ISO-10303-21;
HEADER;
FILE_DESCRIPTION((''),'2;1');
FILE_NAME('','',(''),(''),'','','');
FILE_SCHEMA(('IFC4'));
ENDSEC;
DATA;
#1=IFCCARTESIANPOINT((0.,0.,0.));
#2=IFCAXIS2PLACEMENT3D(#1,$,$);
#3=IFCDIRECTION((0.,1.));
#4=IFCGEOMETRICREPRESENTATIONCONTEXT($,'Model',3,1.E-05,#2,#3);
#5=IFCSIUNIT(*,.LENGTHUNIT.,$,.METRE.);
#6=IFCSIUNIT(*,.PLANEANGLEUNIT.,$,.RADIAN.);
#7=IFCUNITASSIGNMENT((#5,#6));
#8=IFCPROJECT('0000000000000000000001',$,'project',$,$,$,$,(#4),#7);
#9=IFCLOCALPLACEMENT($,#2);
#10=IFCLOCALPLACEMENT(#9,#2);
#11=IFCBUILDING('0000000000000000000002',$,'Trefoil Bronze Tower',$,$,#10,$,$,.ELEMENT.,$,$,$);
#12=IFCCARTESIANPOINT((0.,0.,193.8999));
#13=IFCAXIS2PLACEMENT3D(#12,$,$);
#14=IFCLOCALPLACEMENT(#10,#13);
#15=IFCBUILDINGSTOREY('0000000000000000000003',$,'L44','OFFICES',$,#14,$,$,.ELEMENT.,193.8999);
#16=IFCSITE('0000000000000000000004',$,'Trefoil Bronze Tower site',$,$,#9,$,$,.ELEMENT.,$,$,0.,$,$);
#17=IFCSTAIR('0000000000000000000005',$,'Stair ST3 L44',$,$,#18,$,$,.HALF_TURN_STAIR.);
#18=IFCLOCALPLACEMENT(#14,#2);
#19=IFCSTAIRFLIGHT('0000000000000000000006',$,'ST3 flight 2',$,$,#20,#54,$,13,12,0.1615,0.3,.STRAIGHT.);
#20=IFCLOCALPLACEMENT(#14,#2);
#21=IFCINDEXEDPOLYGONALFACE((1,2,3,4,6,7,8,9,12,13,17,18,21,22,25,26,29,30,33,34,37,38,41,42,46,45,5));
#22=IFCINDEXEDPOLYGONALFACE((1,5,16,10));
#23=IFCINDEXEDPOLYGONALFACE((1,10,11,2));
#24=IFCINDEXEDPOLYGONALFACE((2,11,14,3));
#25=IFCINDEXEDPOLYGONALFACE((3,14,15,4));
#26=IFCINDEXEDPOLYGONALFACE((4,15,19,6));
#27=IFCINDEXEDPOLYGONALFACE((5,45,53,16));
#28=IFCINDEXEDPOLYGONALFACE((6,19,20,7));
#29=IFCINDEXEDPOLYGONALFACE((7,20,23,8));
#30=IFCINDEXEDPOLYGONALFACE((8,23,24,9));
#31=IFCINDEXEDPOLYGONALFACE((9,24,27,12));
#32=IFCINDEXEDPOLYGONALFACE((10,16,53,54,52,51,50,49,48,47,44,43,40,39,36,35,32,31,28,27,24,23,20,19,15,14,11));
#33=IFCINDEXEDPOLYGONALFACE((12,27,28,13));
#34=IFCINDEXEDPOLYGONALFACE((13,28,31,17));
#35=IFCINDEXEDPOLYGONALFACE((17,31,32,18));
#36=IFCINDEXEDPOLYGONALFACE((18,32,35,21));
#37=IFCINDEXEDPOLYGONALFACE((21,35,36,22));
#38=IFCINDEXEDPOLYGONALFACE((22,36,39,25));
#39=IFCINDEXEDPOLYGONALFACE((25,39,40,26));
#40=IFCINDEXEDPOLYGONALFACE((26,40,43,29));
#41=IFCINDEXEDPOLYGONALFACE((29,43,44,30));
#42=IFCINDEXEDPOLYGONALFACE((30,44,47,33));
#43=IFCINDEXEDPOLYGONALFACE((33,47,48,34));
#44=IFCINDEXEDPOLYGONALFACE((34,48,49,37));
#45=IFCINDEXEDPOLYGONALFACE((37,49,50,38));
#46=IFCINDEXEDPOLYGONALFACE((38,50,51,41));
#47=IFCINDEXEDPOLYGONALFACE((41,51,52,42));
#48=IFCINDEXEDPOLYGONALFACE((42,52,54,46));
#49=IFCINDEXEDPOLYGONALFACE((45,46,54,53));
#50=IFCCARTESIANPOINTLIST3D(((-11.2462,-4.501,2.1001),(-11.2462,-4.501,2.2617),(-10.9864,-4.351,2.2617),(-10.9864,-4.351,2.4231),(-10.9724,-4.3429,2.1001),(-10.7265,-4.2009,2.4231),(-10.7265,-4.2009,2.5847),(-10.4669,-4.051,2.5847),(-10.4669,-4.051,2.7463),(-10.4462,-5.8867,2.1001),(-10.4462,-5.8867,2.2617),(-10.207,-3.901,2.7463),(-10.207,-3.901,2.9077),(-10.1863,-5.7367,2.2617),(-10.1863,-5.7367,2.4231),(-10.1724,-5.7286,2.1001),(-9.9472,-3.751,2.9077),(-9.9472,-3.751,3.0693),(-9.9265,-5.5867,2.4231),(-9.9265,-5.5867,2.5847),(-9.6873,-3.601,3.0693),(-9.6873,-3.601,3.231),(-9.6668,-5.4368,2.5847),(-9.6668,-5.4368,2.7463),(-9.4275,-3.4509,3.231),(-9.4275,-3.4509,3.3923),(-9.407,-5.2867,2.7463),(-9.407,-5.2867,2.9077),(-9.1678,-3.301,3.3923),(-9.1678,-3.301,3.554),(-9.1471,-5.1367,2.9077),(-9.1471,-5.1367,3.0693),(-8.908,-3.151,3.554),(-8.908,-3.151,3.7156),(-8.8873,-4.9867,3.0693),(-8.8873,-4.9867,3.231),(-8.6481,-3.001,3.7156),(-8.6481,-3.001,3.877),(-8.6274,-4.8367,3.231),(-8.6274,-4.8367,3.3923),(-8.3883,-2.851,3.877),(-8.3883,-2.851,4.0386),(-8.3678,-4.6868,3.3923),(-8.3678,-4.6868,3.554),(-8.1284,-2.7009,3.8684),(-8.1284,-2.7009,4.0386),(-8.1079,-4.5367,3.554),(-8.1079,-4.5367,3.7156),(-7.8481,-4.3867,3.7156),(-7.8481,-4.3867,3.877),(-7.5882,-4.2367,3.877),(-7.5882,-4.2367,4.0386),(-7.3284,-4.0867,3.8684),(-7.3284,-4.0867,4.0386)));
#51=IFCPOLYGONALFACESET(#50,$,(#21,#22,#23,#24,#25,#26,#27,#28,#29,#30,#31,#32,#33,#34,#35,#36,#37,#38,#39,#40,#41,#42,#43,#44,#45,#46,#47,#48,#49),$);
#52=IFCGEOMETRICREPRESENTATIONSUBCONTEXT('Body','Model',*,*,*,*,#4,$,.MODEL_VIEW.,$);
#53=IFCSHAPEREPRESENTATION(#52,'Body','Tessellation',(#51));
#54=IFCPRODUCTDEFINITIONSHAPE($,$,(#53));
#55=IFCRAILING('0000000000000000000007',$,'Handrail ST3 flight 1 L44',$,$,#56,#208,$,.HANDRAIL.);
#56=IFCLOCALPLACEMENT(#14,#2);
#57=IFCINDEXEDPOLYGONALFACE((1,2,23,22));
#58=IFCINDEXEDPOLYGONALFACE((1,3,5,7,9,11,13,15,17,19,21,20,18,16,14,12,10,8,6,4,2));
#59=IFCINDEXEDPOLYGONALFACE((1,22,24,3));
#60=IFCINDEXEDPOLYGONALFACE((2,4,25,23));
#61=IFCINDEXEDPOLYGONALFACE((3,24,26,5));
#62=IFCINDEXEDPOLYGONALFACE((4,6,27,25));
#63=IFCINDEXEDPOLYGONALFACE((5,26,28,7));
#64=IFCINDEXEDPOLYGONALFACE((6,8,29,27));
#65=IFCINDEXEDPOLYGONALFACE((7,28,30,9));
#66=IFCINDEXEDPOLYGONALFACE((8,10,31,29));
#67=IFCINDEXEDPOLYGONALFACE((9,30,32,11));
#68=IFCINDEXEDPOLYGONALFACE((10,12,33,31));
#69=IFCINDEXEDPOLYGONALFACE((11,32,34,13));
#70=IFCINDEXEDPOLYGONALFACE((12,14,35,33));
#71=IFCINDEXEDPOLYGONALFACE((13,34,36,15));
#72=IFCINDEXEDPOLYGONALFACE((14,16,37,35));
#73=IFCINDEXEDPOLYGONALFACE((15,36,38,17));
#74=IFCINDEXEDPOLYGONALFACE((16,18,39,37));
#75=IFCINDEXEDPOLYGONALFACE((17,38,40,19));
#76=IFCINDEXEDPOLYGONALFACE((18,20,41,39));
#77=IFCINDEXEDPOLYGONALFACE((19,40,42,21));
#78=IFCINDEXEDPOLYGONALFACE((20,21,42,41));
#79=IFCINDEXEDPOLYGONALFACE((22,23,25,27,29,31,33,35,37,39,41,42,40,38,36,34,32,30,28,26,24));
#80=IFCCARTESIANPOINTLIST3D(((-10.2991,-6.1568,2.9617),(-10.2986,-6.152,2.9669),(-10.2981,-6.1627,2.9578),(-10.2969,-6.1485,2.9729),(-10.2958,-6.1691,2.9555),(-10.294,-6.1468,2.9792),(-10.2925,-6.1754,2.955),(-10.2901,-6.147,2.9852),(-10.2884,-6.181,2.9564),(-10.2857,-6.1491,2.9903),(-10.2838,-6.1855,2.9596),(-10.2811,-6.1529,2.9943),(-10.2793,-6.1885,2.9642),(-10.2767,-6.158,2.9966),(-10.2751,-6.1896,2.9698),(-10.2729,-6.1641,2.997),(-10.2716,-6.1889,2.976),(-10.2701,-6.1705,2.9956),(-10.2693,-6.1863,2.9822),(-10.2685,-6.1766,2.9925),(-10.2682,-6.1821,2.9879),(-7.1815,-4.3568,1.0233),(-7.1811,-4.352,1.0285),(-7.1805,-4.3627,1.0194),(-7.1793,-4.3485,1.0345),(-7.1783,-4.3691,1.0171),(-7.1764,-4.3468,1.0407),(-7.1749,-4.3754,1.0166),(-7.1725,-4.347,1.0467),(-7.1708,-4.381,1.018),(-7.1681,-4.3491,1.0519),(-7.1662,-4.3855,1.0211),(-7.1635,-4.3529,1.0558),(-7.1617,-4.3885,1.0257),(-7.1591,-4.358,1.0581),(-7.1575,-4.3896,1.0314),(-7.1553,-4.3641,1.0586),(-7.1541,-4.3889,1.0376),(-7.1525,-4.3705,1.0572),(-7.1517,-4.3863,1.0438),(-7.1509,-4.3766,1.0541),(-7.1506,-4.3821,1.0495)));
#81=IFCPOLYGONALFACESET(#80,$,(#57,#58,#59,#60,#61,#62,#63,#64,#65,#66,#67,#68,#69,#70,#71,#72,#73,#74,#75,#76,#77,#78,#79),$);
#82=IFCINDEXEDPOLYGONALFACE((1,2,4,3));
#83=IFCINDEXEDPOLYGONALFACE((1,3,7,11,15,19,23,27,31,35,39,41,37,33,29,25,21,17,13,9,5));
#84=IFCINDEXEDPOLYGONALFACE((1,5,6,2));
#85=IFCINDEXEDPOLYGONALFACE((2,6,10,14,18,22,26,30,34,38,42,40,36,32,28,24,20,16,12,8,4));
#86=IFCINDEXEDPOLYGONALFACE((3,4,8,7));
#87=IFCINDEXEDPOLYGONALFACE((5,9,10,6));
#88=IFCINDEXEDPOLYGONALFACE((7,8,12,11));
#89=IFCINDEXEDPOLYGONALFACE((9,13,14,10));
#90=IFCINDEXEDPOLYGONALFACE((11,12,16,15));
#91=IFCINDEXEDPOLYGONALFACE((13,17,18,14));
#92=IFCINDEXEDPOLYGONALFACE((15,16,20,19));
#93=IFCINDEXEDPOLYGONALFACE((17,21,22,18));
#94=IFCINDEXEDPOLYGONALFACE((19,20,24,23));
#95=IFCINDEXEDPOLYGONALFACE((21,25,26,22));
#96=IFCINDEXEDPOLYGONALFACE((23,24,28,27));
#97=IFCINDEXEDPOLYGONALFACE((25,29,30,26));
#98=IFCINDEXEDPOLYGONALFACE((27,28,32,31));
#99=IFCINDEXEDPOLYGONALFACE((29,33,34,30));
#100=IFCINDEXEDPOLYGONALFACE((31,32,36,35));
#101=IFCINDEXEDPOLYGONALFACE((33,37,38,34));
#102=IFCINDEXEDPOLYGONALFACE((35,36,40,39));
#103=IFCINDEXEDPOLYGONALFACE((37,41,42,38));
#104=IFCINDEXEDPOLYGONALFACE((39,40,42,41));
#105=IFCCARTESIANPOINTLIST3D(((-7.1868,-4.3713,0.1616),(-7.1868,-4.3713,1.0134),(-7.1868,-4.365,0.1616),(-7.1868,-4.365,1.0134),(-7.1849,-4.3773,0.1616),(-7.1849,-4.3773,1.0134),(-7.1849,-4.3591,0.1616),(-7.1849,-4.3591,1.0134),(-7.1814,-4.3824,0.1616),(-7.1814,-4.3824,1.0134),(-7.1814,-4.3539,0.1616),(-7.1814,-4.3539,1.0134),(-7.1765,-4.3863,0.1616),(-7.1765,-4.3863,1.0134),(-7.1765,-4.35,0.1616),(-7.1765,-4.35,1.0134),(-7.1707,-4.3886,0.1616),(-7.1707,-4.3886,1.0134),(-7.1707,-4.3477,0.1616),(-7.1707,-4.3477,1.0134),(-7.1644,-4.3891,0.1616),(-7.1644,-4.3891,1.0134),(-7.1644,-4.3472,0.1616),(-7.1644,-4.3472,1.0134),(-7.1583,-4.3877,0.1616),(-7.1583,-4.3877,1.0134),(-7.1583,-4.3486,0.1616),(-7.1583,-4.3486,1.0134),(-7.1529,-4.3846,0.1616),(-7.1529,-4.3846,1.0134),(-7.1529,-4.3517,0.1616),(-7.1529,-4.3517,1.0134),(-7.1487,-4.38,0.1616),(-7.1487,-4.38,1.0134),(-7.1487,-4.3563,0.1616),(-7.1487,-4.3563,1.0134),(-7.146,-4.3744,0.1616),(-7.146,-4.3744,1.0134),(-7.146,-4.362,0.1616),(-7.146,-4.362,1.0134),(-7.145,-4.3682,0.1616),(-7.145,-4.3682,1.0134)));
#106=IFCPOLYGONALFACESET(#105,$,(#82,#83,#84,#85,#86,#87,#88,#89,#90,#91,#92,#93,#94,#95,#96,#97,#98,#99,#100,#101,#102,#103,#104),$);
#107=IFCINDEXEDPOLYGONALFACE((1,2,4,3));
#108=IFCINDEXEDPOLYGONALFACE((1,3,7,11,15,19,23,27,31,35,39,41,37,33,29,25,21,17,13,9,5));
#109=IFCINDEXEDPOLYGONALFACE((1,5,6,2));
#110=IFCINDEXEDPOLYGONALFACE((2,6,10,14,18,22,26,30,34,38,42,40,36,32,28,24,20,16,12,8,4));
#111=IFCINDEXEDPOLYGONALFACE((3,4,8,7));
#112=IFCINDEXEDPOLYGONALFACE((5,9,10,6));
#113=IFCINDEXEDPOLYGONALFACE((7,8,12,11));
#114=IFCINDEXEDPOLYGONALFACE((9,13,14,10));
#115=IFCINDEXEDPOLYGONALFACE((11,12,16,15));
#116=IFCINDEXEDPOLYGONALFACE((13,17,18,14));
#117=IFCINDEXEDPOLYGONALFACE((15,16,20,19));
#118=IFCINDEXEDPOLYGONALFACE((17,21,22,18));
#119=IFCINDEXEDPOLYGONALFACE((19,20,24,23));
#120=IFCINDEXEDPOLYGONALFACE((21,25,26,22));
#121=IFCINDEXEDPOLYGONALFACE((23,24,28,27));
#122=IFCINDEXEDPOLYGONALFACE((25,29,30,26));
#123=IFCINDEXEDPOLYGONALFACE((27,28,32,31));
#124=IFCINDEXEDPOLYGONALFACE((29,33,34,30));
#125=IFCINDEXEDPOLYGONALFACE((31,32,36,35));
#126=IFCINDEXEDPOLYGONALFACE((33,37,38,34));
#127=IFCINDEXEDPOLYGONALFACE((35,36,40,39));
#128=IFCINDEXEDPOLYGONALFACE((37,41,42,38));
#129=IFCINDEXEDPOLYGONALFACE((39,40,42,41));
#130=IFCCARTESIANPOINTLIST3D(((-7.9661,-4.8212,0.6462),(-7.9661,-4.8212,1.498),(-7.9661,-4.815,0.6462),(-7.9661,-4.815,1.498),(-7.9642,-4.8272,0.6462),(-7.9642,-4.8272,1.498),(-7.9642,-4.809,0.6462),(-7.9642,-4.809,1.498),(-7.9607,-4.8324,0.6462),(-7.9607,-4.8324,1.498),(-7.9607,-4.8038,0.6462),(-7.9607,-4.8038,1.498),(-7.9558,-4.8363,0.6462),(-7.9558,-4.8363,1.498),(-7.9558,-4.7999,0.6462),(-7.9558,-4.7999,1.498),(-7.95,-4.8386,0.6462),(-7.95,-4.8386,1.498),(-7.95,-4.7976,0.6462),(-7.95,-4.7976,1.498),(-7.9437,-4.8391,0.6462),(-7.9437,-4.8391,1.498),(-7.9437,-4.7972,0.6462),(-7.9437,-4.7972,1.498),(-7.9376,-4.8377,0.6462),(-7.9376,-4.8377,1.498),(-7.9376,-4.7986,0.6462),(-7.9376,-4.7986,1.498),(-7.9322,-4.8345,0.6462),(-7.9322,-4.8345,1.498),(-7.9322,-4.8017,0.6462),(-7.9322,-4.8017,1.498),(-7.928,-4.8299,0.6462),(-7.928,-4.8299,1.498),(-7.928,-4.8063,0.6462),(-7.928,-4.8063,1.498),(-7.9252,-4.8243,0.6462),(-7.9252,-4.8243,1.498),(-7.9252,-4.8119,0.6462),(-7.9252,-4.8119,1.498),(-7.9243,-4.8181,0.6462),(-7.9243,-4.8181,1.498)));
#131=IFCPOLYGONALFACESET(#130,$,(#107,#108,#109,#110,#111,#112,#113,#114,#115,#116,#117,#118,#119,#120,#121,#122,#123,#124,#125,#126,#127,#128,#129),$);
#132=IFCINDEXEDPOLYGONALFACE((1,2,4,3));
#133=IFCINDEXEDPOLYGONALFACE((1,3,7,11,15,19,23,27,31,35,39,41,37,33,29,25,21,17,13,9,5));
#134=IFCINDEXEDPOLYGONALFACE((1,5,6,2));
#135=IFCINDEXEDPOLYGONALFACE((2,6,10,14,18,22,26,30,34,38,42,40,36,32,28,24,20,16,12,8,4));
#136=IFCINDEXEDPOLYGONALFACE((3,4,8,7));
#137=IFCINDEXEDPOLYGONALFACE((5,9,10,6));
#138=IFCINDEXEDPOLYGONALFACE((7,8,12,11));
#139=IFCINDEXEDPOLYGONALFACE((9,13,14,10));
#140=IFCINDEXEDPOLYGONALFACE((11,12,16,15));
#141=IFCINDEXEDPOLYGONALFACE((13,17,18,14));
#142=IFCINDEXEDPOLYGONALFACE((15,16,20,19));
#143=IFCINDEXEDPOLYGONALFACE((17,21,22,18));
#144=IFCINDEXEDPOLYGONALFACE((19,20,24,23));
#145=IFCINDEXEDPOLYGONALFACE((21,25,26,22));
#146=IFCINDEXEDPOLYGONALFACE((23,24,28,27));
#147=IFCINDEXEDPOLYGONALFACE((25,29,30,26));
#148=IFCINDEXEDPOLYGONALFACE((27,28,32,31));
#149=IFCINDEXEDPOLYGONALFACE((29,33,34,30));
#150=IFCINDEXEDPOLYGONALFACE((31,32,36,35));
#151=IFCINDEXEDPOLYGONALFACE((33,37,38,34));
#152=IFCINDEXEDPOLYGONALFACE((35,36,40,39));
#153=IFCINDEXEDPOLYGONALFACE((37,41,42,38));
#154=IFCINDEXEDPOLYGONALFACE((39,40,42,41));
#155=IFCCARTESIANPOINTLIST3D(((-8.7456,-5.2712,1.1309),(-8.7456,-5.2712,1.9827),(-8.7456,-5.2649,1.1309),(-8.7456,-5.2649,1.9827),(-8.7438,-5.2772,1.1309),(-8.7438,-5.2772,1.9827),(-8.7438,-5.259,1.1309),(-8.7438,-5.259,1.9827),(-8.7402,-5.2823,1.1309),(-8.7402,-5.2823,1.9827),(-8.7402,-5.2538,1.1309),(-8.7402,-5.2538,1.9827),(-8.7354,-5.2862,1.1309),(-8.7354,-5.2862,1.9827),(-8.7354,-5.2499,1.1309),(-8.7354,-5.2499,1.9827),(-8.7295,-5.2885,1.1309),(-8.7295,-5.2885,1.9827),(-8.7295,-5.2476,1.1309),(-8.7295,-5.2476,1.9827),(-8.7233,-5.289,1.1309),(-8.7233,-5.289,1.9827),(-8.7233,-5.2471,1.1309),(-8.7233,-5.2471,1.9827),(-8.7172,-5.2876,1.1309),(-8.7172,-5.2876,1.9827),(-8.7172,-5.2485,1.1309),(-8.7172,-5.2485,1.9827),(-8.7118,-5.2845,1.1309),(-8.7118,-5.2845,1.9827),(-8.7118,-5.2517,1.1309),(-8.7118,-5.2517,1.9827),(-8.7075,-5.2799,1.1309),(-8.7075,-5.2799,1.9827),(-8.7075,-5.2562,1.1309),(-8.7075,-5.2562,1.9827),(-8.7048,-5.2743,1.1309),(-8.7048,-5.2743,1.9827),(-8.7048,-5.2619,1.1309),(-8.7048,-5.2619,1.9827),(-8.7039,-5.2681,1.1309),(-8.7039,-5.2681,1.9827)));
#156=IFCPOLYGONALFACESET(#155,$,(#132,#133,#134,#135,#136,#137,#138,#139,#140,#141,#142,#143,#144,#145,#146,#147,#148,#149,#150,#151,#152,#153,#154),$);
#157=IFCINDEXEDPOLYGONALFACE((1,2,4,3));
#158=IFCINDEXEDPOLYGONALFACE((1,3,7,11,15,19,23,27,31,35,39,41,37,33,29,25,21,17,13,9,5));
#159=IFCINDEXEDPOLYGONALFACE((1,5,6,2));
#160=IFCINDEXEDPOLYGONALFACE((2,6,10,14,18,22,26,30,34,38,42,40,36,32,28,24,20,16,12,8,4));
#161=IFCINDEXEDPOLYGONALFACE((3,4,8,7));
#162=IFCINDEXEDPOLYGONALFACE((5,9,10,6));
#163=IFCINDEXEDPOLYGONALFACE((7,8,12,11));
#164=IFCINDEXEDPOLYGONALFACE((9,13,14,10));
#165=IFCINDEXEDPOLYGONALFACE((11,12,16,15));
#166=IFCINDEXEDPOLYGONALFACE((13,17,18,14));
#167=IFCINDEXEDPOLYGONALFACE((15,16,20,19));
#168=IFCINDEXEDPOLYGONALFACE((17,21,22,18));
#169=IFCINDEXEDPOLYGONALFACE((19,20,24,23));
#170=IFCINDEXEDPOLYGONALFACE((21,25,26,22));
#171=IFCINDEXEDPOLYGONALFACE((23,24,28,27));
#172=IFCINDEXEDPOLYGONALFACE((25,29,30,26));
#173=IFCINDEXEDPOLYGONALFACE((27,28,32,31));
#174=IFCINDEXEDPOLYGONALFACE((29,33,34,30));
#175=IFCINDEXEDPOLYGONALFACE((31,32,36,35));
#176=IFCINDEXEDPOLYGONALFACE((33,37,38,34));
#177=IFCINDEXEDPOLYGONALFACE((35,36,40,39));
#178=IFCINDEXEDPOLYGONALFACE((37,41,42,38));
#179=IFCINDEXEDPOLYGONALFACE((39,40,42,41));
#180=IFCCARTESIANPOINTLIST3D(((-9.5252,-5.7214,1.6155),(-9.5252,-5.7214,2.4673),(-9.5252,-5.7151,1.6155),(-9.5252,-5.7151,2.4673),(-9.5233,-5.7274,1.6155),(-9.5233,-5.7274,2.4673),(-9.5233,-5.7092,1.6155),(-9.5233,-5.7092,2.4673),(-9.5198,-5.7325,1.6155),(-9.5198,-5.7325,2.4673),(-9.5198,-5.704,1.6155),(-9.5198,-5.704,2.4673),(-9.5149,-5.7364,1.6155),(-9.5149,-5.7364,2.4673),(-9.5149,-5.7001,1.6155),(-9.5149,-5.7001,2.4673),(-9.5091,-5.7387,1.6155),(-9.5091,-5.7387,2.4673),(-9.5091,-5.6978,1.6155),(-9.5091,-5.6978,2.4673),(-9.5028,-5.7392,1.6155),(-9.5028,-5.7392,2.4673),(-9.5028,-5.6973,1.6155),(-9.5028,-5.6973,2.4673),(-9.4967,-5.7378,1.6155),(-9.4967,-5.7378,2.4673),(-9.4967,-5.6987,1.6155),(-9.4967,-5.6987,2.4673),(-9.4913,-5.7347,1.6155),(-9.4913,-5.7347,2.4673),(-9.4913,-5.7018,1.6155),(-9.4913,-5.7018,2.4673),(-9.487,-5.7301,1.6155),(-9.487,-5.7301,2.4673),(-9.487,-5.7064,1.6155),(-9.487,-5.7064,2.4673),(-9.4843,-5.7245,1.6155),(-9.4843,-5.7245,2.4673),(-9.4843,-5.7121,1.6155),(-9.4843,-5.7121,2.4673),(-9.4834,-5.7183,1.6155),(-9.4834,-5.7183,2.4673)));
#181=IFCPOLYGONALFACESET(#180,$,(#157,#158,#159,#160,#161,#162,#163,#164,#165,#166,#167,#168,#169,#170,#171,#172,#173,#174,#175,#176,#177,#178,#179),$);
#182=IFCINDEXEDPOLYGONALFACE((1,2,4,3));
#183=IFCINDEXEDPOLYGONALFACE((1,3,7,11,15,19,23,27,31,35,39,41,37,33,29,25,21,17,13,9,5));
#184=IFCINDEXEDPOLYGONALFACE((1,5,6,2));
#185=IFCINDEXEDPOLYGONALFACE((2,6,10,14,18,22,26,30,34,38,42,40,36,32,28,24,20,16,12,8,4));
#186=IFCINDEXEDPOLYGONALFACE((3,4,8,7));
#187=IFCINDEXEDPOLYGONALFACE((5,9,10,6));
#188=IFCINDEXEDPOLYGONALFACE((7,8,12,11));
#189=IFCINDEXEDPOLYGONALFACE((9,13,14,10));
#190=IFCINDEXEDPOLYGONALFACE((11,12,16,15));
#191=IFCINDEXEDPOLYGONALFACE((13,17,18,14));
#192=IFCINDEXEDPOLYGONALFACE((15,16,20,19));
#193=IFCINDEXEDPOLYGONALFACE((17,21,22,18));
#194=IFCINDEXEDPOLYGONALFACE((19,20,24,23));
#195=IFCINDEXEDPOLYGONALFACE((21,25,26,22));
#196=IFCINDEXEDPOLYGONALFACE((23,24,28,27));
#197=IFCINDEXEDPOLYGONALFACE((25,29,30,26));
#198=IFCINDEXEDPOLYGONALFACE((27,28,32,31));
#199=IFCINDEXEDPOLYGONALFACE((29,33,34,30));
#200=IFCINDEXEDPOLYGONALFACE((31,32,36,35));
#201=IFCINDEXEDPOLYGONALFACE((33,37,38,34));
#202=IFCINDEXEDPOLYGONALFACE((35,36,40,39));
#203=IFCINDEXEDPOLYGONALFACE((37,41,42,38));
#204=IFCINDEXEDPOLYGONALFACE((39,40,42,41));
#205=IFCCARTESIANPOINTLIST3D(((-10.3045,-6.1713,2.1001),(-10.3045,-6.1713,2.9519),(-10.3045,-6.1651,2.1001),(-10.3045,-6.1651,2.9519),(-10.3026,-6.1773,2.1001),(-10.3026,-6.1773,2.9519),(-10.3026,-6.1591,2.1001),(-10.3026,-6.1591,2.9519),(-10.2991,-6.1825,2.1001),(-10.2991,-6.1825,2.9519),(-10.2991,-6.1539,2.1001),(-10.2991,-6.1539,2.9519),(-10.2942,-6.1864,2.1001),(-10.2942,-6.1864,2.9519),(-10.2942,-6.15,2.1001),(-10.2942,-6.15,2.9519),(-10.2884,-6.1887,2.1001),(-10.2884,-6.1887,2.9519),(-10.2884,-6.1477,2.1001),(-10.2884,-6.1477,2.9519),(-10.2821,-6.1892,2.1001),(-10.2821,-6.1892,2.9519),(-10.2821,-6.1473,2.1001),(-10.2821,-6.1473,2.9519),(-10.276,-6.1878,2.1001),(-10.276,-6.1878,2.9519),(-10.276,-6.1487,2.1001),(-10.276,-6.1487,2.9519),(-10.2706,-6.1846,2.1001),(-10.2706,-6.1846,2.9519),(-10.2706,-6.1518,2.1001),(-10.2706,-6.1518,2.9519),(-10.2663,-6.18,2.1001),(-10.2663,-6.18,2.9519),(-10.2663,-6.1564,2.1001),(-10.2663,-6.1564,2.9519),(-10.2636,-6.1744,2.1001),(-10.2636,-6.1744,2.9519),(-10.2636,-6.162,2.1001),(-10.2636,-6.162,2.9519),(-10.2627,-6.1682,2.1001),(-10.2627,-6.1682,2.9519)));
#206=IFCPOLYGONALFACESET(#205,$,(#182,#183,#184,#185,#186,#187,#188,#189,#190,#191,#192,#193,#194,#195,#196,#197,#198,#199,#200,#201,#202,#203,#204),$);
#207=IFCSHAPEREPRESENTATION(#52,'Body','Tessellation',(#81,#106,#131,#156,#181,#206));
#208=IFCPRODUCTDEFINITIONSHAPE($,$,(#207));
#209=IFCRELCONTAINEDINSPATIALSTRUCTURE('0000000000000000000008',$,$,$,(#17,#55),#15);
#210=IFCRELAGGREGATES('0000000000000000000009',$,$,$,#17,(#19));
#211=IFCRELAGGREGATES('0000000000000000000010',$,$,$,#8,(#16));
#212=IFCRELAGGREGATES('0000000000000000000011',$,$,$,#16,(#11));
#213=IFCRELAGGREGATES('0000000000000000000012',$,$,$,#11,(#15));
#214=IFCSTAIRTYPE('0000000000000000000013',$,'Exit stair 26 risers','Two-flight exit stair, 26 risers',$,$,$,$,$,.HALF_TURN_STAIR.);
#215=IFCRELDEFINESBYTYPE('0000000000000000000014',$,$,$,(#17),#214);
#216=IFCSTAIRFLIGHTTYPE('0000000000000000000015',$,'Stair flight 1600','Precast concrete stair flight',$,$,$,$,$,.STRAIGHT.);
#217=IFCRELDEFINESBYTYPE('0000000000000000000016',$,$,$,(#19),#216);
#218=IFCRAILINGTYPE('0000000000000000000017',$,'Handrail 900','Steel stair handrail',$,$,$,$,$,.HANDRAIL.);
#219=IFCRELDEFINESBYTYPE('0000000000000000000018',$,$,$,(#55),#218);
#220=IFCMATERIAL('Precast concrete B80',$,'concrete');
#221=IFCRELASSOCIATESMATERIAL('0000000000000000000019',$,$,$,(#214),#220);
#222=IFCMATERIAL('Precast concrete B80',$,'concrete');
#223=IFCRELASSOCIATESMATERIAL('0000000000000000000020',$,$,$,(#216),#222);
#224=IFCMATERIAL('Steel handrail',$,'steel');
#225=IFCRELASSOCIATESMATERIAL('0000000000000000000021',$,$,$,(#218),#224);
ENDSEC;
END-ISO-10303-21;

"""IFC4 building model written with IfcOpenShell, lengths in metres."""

from ifc_helpers import new_model, si_unit, direction, frame, origin, origin_2d, place, context, subcontext, project, spatial, polyline, circle, outline, extrude, material, type_object, element, aggregate, save


model = new_model("IFC4")

# Units and contexts
model_context = context("Model", 3, precision=1e-05, world=origin(), true_north=direction((0.0, 1.0)))
body_context = subcontext(model_context, "Body", "Model", "MODEL_VIEW")
ifc_project = project(units=[si_unit("LENGTHUNIT", "METRE"), si_unit("PLANEANGLEUNIT", "RADIAN")], contexts=[model_context])

# Site, building, storey
site_placement = place(None, origin())
site = spatial("IfcSite", under=ifc_project, at=site_placement, Name="Trefoil Bronze Tower site", CompositionType="ELEMENT", RefElevation=0.0)
building_placement = place(site_placement, origin())
building = spatial("IfcBuilding", under=site, at=building_placement, Name="Trefoil Bronze Tower", CompositionType="ELEMENT")
storey_placement = place(building_placement, frame((0.0, 0.0, 193.8999)))
storey = spatial("IfcBuildingStorey", under=building, at=storey_placement, Name="L44", Description="OFFICES", CompositionType="ELEMENT", Elevation=193.8999)

# Stair, stair flight
ifc_material_1 = material(Name="Precast concrete B80", Category="concrete")
stair_type = type_object("IfcStairType", Name="Exit stair 26 risers", Description="Two-flight exit stair, 26 risers", PredefinedType="HALF_TURN_STAIR", material=ifc_material_1)
stair_placement = place(storey_placement, origin())
stair = element("IfcStair", 1, at=stair_placement, inside=storey, type_object=stair_type, Name="Stair ST3 L44", PredefinedType="HALF_TURN_STAIR")
ifc_material_2 = material(Name="Precast concrete B80", Category="concrete")
stair_flight_type = type_object("IfcStairFlightType", Name="Stair flight 1600", Description="Precast concrete stair flight", PredefinedType="STRAIGHT", material=ifc_material_2)
stair_flight_1_placement = place(storey_placement, frame((-10.8462, -5.1938, 2.1001), z_axis=(0.0, 0.0, 1.0), x_axis=(0.866025, 0.5, 0.0)))
stair_flight_1 = element("IfcStairFlight", 2, at=stair_flight_1_placement, type_object=stair_flight_type, Name="ST3 flight 2", NumberOfRisers=13, NumberOfTreads=12, PredefinedType="STRAIGHT", RiserHeight=0.1615, TreadLength=0.3, context=body_context, shape_type="SweptSolid", body=[
    extrude(outline(polyline([(0.0, 0.0), (0.0, 0.1616), (0.3, 0.1616), (0.3, 0.323), (0.6001, 0.323), (0.6001, 0.4846), (0.8999, 0.4846), (0.8999, 0.6462), (1.2, 0.6462), (1.2, 0.8076), (1.5, 0.8076), (1.5, 0.9692), (1.8, 0.9692), (1.8, 1.1309), (2.1001, 1.1309), (2.1001, 1.2922), (2.3999, 1.2922), (2.3999, 1.4539), (2.7, 1.4539), (2.7, 1.6155), (3.0, 1.6155), (3.0, 1.7769), (3.3, 1.7769), (3.3, 1.9385), (3.6001, 1.9385), (3.6001, 2.1001), (3.6001, 1.7683), (0.3162, 0.0), (0.0, 0.0)])), frame((0.0, 0.8, 0.0), z_axis=(0.0, -1.0, 0.0), x_axis=(1.0, 0.0, 0.0)), (0.0, 0.0, 1.0), 1.6001),
])
aggregate(stair, [stair_flight_1])

# Railing
ifc_material_3 = material(Name="Steel handrail", Category="steel")
railing_type = type_object("IfcRailingType", Name="Handrail 900", Description="Steel stair handrail", PredefinedType="HANDRAIL", material=ifc_material_3)
railing_1_placement = place(storey_placement, frame((-7.166, -4.3682, 0.1616)))
element("IfcRailing", 3, at=railing_1_placement, inside=storey, type_object=railing_type, Name="Handrail ST3 flight 1 L44", PredefinedType="HANDRAIL", context=body_context, shape_type="SweptSolid", body=[
    extrude(circle(Radius=0.0239, at=origin_2d()), frame((0.0, 0.0, 0.876), z_axis=(-0.762503, -0.440246, 0.474102), x_axis=(0.500012, -0.866018, 0.0)), (0.0, 0.0, 1.0), 4.0886),
    extrude(circle(Radius=0.021, at=origin_2d()), origin(), (0.0, 0.0, 1.0), 0.8518),
    extrude(circle(Radius=0.021, at=origin_2d()), frame((-0.7793, -0.45, 0.4846)), (0.0, 0.0, 1.0), 0.8518),
    extrude(circle(Radius=0.021, at=origin_2d()), frame((-1.5588, -0.8999, 0.9692)), (0.0, 0.0, 1.0), 0.8518),
    extrude(circle(Radius=0.021, at=origin_2d()), frame((-2.3384, -1.3501, 1.4539)), (0.0, 0.0, 1.0), 0.8518),
    extrude(circle(Radius=0.021, at=origin_2d()), frame((-3.1177, -1.8, 1.9385)), (0.0, 0.0, 1.0), 0.8518),
])

save(model, "model.ifc")
